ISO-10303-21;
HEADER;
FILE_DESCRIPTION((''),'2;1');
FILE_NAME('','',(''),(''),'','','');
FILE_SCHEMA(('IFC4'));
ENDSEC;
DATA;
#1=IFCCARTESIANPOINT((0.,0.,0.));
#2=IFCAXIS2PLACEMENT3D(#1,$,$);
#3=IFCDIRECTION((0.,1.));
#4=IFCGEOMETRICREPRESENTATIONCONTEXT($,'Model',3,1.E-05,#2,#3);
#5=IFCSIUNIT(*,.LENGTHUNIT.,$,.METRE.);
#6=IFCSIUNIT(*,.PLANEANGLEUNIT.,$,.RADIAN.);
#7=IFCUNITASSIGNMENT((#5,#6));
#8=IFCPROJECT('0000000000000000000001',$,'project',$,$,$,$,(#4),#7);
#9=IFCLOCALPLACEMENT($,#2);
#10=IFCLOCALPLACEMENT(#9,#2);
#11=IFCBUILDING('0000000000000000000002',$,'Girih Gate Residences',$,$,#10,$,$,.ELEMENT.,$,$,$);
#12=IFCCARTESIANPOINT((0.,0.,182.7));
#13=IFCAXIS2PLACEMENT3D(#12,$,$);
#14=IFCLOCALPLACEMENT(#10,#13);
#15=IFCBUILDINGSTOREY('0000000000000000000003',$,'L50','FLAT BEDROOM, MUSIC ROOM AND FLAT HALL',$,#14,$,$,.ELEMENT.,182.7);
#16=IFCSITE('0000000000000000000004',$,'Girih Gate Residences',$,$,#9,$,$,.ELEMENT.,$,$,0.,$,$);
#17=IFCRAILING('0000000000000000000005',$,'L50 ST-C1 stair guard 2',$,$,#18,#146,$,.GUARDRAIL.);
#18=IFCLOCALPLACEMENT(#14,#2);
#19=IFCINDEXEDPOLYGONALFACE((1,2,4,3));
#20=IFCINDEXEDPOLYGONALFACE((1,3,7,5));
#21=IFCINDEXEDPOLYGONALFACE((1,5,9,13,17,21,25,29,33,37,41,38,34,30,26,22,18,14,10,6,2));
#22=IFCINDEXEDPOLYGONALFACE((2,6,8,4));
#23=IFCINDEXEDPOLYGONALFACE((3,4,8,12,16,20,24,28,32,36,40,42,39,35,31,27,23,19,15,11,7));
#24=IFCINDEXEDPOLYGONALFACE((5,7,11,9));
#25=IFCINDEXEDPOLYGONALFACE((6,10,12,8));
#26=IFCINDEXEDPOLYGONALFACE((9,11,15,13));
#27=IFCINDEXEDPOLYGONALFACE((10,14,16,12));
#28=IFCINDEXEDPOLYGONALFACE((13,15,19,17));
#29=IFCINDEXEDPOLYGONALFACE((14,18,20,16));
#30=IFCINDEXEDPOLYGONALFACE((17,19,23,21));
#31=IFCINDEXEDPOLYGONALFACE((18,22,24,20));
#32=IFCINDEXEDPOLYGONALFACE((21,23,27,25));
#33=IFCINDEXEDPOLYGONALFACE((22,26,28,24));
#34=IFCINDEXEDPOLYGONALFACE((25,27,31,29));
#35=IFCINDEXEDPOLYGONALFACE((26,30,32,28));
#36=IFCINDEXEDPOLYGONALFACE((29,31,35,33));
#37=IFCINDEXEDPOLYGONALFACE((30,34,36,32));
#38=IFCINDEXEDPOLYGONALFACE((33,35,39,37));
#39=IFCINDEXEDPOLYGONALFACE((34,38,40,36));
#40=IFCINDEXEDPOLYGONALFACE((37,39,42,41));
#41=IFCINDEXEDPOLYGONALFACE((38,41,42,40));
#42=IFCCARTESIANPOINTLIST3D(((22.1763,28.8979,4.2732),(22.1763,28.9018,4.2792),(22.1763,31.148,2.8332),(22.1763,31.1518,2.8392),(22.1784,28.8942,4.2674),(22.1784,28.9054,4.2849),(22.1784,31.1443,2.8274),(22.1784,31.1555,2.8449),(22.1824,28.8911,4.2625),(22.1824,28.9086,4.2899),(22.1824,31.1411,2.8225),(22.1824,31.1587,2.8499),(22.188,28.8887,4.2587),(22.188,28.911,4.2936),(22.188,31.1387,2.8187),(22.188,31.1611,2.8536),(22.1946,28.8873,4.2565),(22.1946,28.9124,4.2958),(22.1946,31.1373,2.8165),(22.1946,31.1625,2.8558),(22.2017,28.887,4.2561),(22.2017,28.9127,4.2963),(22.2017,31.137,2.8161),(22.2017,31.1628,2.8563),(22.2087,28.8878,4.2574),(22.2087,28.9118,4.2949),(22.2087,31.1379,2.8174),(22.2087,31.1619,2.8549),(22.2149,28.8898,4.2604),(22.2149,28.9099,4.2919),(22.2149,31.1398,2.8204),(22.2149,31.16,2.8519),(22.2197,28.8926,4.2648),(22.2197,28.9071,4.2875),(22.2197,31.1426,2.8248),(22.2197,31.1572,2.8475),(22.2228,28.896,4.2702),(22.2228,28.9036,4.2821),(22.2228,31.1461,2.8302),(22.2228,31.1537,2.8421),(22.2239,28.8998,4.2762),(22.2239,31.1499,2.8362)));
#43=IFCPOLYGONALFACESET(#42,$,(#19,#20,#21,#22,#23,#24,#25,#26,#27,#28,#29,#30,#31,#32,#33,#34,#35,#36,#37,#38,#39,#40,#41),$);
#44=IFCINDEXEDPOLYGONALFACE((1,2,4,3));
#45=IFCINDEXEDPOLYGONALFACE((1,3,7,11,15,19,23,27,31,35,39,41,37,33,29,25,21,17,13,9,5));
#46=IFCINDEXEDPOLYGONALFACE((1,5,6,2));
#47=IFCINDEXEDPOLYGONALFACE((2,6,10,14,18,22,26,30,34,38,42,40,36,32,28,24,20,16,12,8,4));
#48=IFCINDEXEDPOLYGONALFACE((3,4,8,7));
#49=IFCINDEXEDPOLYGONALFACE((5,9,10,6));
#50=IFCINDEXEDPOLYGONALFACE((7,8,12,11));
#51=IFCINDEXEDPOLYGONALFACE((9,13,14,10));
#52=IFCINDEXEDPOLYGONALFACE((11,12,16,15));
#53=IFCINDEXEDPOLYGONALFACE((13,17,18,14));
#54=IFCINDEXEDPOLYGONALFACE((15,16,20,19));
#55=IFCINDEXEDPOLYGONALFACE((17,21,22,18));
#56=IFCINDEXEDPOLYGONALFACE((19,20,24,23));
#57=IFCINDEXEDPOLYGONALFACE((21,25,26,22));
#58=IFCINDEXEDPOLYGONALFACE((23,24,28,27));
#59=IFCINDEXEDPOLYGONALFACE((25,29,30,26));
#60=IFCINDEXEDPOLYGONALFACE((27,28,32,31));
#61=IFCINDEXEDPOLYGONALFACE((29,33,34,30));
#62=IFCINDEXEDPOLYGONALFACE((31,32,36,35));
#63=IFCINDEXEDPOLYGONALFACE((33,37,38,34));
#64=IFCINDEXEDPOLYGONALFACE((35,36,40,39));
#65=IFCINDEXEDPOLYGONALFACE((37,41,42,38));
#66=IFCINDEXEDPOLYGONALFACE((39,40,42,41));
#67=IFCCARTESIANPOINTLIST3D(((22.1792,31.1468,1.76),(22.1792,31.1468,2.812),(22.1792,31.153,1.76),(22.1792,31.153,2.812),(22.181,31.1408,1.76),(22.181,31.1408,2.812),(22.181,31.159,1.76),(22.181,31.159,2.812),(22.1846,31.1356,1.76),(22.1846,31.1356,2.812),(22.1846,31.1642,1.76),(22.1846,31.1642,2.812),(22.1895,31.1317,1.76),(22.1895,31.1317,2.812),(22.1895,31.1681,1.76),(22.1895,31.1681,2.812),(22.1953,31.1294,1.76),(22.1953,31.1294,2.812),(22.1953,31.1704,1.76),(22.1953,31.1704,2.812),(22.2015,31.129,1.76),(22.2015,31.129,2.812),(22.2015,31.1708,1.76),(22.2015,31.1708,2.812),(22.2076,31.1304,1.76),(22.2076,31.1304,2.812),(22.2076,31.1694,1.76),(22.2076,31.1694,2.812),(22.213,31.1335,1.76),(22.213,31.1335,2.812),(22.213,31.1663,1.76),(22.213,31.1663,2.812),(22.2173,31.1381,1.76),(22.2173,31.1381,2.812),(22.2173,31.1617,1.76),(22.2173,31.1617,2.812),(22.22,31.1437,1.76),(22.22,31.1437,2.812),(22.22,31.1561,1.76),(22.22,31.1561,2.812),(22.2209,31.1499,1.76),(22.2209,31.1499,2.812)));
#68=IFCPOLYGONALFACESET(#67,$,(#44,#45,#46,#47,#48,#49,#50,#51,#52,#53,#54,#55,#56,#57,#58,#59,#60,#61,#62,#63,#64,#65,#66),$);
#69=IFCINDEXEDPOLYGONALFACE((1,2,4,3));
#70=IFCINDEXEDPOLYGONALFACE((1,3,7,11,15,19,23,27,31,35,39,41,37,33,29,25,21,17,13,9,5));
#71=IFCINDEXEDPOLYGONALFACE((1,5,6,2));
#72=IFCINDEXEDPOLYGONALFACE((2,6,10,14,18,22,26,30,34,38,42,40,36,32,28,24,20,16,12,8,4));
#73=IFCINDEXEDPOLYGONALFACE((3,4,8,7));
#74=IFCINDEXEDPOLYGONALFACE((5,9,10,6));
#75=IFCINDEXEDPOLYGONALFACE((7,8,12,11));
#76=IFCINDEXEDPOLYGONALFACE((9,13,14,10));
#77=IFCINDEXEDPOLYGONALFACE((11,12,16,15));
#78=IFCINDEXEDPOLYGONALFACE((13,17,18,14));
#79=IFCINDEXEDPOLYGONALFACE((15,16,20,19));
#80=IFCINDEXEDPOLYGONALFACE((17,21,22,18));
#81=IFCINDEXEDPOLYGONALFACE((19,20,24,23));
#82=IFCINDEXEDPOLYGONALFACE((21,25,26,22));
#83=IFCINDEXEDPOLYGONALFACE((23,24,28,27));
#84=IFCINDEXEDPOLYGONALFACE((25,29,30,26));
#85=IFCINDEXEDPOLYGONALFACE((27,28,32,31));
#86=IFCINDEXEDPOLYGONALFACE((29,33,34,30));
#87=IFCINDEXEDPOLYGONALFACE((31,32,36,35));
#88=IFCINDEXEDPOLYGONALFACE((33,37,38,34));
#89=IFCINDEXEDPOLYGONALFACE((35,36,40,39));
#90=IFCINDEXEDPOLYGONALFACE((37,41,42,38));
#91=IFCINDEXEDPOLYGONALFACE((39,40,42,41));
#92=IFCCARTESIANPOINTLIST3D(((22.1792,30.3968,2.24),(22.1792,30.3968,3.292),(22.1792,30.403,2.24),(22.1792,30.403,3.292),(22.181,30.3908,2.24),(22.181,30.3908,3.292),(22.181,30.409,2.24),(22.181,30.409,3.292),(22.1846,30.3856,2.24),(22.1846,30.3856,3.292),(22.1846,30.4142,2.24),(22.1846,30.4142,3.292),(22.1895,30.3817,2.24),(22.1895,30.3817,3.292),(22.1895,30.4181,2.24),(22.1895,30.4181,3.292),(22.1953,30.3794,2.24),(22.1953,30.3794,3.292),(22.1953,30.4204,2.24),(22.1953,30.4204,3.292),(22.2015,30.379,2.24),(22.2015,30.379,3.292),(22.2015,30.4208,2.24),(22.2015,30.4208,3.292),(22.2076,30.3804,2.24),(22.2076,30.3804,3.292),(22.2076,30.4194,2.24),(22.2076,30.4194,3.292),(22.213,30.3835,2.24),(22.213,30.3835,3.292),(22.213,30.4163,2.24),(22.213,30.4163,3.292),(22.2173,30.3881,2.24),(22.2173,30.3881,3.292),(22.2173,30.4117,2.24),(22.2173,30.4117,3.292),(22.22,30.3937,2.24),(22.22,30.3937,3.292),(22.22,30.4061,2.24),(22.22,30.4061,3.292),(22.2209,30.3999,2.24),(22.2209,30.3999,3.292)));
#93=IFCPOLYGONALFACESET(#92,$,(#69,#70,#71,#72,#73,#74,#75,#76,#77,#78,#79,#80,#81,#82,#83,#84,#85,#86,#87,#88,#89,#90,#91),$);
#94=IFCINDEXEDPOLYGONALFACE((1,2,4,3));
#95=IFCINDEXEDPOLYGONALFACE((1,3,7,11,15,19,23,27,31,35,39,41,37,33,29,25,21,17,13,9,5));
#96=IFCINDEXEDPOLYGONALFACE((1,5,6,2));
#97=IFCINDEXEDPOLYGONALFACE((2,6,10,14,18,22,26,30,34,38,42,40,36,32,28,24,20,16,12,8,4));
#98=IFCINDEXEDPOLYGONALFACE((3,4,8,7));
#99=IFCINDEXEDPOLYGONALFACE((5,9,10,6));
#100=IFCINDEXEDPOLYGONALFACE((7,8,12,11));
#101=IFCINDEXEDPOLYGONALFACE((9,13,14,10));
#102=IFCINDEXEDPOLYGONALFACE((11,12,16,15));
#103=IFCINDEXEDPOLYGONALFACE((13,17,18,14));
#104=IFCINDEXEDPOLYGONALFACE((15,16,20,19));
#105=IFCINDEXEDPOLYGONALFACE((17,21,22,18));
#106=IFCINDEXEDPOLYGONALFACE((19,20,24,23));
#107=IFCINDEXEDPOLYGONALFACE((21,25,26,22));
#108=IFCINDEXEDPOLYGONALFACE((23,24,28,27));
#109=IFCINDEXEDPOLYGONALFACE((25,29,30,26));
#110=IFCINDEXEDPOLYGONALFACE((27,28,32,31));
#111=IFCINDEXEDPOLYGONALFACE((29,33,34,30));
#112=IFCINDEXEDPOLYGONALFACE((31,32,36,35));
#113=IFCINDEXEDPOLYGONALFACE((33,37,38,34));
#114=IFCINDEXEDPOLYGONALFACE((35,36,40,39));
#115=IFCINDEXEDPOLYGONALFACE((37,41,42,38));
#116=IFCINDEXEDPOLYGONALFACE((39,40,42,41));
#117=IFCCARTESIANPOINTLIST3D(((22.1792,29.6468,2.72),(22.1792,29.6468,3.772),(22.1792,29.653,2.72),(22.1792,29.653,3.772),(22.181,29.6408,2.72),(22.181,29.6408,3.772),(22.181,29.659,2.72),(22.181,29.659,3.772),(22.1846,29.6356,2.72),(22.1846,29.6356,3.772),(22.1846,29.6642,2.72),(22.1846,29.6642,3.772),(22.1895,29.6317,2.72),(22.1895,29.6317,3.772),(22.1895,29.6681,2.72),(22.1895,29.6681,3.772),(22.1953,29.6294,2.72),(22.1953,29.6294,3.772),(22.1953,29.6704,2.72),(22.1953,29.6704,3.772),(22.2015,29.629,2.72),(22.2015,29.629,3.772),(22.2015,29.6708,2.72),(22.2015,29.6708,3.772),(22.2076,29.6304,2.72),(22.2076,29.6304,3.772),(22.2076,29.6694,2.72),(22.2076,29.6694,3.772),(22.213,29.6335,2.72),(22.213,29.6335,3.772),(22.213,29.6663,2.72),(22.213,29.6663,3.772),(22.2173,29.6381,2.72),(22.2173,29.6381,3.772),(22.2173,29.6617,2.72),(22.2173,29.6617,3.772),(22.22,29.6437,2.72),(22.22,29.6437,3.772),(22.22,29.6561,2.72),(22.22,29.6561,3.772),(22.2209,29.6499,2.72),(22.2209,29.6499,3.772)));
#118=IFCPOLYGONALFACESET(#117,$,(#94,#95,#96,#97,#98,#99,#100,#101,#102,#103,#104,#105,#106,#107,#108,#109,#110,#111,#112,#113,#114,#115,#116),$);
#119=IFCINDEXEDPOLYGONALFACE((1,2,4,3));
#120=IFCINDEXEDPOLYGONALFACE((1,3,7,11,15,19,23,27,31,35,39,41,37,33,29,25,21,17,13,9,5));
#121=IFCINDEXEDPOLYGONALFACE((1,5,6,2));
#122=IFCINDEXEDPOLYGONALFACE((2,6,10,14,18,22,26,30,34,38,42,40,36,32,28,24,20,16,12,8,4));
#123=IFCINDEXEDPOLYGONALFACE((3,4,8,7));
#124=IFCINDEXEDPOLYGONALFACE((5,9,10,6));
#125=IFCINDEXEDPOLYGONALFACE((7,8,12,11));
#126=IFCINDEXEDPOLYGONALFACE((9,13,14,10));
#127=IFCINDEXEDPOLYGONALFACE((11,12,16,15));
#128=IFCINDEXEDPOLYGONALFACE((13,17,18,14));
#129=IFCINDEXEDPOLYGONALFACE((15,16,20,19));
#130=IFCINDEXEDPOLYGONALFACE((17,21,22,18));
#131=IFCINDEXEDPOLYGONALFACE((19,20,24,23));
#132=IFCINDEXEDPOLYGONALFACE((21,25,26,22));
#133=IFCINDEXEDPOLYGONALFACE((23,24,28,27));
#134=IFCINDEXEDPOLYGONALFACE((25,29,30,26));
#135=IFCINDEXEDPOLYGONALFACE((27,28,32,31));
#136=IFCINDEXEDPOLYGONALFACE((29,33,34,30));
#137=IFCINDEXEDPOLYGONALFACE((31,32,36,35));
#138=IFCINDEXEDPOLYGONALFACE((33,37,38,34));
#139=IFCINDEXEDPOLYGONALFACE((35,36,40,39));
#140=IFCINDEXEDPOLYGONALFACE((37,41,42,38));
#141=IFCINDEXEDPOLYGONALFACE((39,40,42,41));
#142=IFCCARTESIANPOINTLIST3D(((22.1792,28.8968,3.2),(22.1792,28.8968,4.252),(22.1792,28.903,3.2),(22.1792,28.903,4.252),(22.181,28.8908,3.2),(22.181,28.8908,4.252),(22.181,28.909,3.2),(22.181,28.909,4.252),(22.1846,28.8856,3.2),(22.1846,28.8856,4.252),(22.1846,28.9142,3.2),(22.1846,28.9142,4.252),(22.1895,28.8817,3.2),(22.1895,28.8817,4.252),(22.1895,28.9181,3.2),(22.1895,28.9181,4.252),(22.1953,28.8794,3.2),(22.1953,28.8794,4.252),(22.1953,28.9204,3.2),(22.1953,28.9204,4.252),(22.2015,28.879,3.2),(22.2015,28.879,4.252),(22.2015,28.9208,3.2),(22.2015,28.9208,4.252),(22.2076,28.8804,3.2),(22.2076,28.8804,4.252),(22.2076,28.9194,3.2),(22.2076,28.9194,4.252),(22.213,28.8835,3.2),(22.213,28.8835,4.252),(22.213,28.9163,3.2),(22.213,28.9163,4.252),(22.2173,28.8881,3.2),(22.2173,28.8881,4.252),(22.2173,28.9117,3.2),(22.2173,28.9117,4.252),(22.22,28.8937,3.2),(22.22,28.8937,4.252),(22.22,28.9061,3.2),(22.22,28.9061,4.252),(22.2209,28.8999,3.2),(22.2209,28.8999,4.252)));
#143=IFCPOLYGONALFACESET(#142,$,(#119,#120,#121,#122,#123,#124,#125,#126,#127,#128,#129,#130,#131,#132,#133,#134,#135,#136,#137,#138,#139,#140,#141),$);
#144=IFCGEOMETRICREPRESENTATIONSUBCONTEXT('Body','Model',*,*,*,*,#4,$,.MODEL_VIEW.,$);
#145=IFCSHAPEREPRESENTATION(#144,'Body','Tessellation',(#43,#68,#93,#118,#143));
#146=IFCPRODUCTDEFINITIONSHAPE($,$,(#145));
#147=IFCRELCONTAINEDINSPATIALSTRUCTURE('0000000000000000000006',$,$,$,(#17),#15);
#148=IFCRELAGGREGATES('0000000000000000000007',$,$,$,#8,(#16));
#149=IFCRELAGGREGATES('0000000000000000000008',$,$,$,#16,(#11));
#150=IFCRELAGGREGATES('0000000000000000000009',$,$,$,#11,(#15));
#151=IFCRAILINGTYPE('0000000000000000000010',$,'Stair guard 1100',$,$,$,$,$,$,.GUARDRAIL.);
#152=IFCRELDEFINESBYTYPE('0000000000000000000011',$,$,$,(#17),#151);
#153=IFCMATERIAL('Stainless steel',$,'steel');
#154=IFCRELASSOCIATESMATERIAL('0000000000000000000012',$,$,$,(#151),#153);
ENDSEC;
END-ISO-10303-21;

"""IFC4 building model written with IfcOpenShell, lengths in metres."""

from ifc_helpers import new_model, si_unit, direction, frame, origin, origin_2d, place, context, subcontext, project, spatial, circle, extrude, material, type_object, element, save


model = new_model("IFC4")

# Units and contexts
model_context = context("Model", 3, precision=1e-05, world=origin(), true_north=direction((0.0, 1.0)))
body_context = subcontext(model_context, "Body", "Model", "MODEL_VIEW")
ifc_project = project(units=[si_unit("LENGTHUNIT", "METRE"), si_unit("PLANEANGLEUNIT", "RADIAN")], contexts=[model_context])

# Site, building, storey
site_placement = place(None, origin())
site = spatial("IfcSite", under=ifc_project, at=site_placement, Name="Girih Gate Residences", CompositionType="ELEMENT", RefElevation=0.0)
building_placement = place(site_placement, origin())
building = spatial("IfcBuilding", under=site, at=building_placement, Name="Girih Gate Residences", CompositionType="ELEMENT")
storey_placement = place(building_placement, frame((0.0, 0.0, 182.7)))
storey = spatial("IfcBuildingStorey", under=building, at=storey_placement, Name="L50", Description="FLAT BEDROOM, MUSIC ROOM AND FLAT HALL", CompositionType="ELEMENT", Elevation=182.7)

# Railing
ifc_material_1 = material(Name="Stainless steel", Category="steel")
railing_type_1 = type_object("IfcRailingType", Name="Stair guard 1100", PredefinedType="GUARDRAIL", material=ifc_material_1)
railing_1_placement = place(storey_placement, frame((22.2, 31.1499, 1.76)))
element("IfcRailing", 1, at=railing_1_placement, inside=storey, type_object=railing_type_1, Name="L50 ST-C1 stair guard 2", PredefinedType="GUARDRAIL", context=body_context, shape_type="SweptSolid", body=[
    extrude(circle(Radius=0.0239, at=origin_2d()), frame((0.0, 0.0, 1.0762), z_axis=(0.0, -0.842281, 0.539038), x_axis=(1.0, 0.0, 0.0)), (0.0, 0.0, 1.0), 2.6714),
    extrude(circle(Radius=0.021, at=origin_2d()), origin(), (0.0, 0.0, 1.0), 1.052),
    extrude(circle(Radius=0.021, at=origin_2d()), frame((0.0, -0.75, 0.48)), (0.0, 0.0, 1.0), 1.052),
    extrude(circle(Radius=0.021, at=origin_2d()), frame((0.0, -1.5, 0.96)), (0.0, 0.0, 1.0), 1.052),
    extrude(circle(Radius=0.021, at=origin_2d()), frame((0.0, -2.25, 1.4399)), (0.0, 0.0, 1.0), 1.052),
])

save(model, "model.ifc")
